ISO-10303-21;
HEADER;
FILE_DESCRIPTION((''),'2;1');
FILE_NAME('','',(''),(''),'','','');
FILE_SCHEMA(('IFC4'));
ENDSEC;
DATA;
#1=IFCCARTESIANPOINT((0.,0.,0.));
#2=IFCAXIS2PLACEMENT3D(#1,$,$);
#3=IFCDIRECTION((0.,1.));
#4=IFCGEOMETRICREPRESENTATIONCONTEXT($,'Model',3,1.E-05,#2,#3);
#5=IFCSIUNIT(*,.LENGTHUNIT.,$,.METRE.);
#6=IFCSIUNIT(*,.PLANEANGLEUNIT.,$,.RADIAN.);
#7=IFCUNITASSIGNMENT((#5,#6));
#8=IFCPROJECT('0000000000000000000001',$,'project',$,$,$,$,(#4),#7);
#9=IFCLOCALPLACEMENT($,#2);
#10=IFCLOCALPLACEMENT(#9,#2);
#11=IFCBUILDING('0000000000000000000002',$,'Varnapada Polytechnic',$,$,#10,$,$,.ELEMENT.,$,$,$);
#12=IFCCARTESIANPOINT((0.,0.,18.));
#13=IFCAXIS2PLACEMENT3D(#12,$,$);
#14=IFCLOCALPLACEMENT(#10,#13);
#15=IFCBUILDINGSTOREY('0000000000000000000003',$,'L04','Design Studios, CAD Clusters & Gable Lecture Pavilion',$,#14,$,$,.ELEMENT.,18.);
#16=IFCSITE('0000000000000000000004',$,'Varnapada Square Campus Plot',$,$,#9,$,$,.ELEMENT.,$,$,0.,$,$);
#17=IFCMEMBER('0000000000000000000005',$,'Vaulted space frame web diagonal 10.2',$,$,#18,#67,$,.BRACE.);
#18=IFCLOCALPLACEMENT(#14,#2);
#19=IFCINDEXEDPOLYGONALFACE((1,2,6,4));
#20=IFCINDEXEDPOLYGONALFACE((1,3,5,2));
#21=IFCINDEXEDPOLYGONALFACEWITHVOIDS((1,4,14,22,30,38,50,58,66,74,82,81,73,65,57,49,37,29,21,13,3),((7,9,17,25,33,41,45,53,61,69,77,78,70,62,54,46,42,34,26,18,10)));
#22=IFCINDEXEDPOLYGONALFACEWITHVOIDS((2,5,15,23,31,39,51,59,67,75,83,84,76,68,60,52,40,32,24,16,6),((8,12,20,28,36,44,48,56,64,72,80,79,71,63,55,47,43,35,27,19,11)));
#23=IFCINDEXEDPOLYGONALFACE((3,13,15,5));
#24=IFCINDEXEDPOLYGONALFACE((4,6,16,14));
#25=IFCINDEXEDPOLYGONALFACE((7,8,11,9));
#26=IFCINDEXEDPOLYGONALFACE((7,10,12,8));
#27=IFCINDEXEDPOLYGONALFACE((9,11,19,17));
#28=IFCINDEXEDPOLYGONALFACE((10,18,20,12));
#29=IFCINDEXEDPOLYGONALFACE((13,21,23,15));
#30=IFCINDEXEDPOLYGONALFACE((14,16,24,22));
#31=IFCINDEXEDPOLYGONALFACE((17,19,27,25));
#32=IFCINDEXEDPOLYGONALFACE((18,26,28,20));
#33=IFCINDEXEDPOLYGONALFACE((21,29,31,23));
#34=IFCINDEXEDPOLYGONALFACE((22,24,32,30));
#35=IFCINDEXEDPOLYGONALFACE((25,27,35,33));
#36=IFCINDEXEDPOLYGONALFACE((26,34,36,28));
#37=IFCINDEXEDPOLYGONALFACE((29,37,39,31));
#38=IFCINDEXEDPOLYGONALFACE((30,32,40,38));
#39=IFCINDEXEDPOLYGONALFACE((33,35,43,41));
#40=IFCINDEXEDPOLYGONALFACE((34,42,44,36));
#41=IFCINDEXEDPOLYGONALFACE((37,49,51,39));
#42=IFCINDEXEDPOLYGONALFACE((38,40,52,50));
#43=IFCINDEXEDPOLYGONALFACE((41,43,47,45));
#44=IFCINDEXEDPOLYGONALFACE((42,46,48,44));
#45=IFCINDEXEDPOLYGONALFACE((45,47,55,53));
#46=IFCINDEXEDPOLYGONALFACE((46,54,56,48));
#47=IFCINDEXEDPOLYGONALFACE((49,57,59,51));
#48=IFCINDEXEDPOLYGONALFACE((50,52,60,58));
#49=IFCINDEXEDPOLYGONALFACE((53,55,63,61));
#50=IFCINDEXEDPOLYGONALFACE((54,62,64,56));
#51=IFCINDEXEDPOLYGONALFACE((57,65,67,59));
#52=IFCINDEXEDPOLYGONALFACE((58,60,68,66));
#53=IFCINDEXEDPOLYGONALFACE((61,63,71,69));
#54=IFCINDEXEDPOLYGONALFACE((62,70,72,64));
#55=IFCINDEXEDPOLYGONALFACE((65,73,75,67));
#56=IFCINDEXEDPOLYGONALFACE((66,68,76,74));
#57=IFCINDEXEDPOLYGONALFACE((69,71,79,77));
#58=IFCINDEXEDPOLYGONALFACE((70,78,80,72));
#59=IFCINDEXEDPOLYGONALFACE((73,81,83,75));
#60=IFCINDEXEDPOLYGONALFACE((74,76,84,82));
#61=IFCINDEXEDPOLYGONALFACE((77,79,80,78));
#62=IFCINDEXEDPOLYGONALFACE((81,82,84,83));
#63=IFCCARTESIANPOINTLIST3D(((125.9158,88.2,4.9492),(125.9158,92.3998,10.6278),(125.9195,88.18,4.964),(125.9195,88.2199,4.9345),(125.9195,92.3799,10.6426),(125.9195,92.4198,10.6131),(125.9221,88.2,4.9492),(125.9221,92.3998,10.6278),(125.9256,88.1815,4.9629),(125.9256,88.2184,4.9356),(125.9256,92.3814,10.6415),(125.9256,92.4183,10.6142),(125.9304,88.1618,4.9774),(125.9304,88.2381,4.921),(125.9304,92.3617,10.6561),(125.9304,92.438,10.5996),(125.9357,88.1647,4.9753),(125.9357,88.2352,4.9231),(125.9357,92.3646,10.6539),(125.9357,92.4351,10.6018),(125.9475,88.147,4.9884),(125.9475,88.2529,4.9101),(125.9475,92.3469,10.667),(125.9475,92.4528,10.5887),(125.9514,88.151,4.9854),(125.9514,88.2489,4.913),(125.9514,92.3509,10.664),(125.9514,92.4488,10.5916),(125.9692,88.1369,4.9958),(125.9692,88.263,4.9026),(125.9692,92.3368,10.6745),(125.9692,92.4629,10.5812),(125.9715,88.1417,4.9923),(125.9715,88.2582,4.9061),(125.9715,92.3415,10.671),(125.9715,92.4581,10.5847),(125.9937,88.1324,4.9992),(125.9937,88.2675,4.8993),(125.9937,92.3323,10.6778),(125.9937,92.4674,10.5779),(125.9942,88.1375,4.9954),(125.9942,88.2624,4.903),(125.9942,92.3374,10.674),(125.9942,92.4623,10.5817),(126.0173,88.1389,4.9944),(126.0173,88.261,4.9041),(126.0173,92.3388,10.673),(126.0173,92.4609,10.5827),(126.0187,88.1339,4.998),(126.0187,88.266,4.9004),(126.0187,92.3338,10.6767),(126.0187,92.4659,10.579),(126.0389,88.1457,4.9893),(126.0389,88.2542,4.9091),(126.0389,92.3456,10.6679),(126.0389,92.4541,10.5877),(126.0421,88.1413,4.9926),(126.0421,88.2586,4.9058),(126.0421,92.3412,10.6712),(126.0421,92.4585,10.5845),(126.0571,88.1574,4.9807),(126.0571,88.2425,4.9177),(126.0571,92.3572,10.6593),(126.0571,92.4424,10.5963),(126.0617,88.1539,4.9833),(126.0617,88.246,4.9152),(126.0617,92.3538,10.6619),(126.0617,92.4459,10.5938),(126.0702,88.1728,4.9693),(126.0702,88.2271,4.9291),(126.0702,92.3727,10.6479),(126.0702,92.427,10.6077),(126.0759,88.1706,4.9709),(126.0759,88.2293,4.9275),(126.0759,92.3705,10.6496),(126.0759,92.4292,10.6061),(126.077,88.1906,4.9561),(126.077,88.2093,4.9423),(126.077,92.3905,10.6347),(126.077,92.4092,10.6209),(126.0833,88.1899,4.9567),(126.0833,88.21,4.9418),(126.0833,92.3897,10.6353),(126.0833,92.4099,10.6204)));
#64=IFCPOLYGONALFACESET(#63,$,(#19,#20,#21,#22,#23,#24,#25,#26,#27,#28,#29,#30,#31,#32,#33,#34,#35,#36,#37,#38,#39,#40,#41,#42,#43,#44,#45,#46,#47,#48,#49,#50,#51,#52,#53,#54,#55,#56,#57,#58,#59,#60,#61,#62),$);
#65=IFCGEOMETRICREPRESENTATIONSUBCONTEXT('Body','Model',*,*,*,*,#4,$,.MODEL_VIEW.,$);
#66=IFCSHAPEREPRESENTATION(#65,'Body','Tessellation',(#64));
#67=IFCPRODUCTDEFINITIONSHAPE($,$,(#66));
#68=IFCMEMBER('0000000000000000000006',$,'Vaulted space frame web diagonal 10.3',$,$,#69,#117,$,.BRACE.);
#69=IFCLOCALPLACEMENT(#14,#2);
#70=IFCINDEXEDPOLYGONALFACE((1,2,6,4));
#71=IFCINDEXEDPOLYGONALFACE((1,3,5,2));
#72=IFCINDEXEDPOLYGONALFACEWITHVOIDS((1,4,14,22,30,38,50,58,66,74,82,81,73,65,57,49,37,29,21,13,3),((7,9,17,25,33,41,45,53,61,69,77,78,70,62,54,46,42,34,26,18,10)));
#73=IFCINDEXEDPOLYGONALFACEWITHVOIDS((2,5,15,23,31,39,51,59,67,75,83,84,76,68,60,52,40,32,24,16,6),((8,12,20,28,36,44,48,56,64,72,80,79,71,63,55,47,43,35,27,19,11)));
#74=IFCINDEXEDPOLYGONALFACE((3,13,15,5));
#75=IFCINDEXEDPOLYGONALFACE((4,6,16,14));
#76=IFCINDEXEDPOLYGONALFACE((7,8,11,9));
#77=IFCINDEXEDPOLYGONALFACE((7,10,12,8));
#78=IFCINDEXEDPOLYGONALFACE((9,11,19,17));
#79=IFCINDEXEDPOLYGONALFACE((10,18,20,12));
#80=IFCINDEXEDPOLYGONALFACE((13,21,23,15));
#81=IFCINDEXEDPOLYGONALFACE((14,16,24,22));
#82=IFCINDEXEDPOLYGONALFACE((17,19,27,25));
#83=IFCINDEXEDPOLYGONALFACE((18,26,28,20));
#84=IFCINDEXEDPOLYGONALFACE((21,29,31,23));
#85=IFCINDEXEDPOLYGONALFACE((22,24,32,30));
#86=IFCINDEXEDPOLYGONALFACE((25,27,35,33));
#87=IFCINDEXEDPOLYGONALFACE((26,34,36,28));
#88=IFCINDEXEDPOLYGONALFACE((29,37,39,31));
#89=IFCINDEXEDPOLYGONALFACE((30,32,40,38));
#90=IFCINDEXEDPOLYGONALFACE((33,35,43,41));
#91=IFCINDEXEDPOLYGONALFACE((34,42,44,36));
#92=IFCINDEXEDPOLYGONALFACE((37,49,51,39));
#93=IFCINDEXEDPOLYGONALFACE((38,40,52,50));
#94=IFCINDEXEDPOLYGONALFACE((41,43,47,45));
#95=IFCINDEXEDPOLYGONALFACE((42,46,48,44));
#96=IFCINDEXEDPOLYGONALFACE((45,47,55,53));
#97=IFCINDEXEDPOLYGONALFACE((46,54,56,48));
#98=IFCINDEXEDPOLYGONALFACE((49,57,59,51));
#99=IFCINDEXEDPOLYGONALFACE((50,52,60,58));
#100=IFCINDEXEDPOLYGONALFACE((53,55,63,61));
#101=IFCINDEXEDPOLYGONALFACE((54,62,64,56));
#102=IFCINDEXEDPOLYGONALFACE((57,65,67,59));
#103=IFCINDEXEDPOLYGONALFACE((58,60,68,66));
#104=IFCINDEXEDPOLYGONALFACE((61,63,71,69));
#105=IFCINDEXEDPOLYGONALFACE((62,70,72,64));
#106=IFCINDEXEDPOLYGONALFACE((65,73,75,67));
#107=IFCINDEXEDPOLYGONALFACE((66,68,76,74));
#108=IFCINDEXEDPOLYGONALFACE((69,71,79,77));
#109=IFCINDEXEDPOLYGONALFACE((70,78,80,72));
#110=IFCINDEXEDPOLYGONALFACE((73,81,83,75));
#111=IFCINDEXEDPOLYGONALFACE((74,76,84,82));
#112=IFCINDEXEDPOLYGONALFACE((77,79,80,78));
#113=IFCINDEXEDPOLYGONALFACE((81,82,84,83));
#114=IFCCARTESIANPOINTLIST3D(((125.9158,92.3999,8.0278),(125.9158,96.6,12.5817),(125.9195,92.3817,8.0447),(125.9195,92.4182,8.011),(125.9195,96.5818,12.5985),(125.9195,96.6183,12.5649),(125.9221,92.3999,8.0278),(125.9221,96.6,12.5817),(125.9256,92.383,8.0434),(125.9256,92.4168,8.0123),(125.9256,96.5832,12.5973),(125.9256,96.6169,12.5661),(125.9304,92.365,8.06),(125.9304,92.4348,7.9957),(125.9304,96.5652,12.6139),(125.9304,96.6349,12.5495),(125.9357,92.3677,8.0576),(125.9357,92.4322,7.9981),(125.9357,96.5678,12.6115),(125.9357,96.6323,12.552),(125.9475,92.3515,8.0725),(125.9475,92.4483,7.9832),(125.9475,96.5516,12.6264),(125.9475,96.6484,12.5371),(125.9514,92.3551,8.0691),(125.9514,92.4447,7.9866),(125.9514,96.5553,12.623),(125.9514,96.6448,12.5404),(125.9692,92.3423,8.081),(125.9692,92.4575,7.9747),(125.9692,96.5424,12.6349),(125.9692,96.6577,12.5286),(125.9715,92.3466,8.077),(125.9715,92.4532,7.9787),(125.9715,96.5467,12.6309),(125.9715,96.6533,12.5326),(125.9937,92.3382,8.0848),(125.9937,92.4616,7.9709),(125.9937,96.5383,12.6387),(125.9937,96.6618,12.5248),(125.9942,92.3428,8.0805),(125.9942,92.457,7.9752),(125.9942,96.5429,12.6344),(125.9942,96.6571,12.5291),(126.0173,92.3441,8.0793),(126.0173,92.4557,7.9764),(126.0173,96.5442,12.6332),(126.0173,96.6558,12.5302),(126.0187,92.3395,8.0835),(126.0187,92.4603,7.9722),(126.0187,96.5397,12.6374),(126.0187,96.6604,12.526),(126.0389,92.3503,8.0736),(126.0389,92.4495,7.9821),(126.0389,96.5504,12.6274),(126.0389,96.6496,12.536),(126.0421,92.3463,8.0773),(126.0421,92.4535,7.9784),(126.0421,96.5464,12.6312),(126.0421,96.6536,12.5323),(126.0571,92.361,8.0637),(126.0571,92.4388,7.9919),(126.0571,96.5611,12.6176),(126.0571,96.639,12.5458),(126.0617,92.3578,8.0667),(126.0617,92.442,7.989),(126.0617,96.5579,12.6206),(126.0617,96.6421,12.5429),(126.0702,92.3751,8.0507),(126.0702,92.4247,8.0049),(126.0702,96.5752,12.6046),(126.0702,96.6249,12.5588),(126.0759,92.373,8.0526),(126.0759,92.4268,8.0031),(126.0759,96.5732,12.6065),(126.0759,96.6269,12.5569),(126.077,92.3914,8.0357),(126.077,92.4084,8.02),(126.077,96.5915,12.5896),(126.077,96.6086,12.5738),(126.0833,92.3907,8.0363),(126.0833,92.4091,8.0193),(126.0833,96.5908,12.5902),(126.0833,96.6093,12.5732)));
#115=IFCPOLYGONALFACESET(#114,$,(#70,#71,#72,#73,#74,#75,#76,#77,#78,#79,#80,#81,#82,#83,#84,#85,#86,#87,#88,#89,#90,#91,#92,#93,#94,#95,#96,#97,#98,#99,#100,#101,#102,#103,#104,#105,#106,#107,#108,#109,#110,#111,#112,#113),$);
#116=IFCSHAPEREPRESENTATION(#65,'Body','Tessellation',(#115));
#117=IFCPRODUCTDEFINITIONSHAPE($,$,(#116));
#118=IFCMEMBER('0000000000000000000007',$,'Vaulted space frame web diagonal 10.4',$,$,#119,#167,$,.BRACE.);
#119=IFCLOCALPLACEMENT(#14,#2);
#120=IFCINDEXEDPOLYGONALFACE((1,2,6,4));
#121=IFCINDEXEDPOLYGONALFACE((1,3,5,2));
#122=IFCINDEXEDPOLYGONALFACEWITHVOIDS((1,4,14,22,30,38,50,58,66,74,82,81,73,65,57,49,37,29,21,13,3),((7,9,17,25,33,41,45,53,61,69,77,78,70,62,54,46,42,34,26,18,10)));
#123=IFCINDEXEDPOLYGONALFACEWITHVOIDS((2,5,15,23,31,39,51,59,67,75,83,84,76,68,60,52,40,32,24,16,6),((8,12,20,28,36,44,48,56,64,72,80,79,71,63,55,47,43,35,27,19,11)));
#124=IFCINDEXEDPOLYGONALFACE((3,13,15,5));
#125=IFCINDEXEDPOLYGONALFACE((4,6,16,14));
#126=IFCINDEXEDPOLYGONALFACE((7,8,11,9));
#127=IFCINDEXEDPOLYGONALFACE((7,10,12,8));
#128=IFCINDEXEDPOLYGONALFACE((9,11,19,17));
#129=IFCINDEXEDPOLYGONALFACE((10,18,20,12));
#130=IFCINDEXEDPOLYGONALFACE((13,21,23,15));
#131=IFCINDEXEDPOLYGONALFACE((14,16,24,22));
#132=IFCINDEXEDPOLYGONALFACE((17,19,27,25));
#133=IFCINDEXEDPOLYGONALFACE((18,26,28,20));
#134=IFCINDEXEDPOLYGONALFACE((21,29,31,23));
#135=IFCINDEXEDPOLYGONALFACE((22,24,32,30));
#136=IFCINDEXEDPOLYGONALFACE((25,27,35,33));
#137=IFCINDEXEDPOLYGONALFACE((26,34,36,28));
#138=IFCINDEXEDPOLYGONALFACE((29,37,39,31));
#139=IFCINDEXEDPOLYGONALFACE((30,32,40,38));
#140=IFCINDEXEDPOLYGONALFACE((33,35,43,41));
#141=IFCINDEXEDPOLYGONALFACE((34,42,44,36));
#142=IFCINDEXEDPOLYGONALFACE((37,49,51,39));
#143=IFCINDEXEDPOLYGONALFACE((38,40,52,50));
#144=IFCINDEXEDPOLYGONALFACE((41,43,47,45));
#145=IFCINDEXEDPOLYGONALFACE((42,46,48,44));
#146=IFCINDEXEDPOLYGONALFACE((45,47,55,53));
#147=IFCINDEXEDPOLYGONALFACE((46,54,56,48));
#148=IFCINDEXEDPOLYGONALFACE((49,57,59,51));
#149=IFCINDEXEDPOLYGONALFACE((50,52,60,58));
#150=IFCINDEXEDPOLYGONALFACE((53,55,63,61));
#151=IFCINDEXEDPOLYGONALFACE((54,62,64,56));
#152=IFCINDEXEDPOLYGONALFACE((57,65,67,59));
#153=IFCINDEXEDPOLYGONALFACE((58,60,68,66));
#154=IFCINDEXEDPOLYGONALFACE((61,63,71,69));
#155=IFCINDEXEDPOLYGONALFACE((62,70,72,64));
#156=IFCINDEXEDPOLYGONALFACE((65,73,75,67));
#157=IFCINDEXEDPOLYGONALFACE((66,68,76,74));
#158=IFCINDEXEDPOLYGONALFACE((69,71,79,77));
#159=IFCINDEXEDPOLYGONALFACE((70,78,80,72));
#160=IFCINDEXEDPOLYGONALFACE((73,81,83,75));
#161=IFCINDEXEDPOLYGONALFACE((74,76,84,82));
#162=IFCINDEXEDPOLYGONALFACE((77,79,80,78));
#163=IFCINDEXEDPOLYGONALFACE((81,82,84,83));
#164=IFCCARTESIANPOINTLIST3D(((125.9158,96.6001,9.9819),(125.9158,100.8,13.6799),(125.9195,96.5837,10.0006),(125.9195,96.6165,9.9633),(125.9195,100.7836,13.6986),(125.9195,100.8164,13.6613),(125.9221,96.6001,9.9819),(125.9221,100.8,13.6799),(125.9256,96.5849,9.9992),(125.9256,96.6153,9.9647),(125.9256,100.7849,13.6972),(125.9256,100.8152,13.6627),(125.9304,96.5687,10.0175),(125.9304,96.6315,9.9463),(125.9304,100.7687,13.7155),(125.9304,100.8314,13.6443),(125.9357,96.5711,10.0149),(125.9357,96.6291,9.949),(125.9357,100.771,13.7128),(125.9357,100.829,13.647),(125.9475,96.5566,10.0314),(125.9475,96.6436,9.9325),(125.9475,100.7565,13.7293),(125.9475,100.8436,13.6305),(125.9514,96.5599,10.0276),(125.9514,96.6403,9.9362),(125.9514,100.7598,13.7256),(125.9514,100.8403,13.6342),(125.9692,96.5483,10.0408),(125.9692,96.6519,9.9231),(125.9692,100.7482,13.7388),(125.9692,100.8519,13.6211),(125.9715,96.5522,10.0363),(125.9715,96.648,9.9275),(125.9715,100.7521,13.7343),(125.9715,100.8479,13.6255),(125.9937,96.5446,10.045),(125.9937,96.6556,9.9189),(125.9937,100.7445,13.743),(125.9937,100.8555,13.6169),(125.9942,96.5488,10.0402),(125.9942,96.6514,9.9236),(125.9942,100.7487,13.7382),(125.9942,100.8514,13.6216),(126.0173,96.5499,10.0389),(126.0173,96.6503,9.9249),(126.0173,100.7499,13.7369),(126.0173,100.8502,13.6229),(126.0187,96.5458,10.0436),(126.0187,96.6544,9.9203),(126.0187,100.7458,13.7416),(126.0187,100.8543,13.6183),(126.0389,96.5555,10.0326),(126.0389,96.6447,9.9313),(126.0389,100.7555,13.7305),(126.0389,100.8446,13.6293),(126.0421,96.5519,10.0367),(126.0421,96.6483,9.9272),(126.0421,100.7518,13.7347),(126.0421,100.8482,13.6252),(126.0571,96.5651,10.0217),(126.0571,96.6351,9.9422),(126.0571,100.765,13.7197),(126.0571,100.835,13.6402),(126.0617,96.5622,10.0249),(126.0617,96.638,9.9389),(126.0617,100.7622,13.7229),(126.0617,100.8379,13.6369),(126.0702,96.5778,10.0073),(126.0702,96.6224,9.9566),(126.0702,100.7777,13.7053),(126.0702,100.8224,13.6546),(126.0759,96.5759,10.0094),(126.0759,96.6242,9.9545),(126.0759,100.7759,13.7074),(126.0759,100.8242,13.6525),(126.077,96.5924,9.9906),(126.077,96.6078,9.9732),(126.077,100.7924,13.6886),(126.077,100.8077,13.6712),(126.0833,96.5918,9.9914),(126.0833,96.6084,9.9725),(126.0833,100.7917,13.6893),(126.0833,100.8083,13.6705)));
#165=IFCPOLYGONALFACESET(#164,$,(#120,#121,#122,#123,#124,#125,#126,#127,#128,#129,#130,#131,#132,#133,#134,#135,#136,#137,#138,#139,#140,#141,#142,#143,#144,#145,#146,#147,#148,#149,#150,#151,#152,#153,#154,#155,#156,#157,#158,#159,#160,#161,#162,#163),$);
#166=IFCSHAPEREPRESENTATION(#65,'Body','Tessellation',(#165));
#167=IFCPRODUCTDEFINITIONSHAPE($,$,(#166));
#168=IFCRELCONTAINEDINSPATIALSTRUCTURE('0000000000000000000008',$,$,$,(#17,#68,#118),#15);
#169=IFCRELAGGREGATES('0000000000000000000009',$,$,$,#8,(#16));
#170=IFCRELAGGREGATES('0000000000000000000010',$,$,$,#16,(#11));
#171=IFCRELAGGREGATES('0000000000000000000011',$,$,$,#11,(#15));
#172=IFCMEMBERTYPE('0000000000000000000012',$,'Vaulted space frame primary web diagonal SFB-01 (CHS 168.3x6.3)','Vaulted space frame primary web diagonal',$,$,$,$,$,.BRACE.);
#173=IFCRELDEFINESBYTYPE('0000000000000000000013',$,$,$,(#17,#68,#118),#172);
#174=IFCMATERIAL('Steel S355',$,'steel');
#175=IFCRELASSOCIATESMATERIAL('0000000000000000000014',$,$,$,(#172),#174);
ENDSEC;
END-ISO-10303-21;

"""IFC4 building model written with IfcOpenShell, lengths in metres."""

from ifc_helpers import new_model, si_unit, direction, frame, origin, origin_2d, place, context, subcontext, project, spatial, hollow_circle, extrude, material, material_profile, profile_set, type_object, element, save


model = new_model("IFC4")

# Units and contexts
model_context = context("Model", 3, precision=1e-05, world=origin(), true_north=direction((0.0, 1.0)))
body_context = subcontext(model_context, "Body", "Model", "MODEL_VIEW")
ifc_project = project(units=[si_unit("LENGTHUNIT", "METRE"), si_unit("PLANEANGLEUNIT", "RADIAN")], contexts=[model_context])

# Site, building, storey
site_placement = place(None, origin())
site = spatial("IfcSite", under=ifc_project, at=site_placement, Name="Varnapada Square Campus Plot", CompositionType="ELEMENT", RefElevation=0.0)
building_placement = place(site_placement, origin())
building = spatial("IfcBuilding", under=site, at=building_placement, Name="Varnapada Polytechnic", CompositionType="ELEMENT")
storey_placement = place(building_placement, frame((0.0, 0.0, 18.0)))
storey = spatial("IfcBuildingStorey", under=building, at=storey_placement, Name="L04", Description="Design Studios, CAD Clusters & Gable Lecture Pavilion", CompositionType="ELEMENT", Elevation=18.0)

# Shared definitions
ifc_material = material(Name="Steel S355", Category="steel")

# Members
ifc_material_profile_1 = material_profile(ifc_material, hollow_circle(Radius=0.0842, WallThickness=0.0063, at=origin_2d()), Name="CHS 168.3x6.3")
ifc_profile_set_1 = profile_set([ifc_material_profile_1], Name="Steel S355")
member_type_1 = type_object("IfcMemberType", Name="Vaulted space frame primary web diagonal SFB-01 (CHS 168.3x6.3)", Description="Vaulted space frame primary web diagonal", PredefinedType="BRACE", material=ifc_profile_set_1)
member_1_placement = place(storey_placement, frame((126.0, 88.2, 4.9492), z_axis=(0.0, 0.594633, 0.803997), x_axis=(-1.0, 0.0, 0.0)))
element("IfcMember", 1, at=member_1_placement, inside=storey, type_object=member_type_1, Name="Vaulted space frame web diagonal 10.2", PredefinedType="BRACE", context=body_context, shape_type="SweptSolid", body=[
    extrude(hollow_circle(Radius=0.0842, WallThickness=0.0063, at=origin_2d()), origin(), (0.0, 0.0, 1.0), 7.063),
])
member_2_placement = place(storey_placement, frame((126.0, 92.3999, 8.0278), z_axis=(0.0, 0.677979, 0.735081), x_axis=(-1.0, 0.0, 0.0)))
element("IfcMember", 2, at=member_2_placement, inside=storey, type_object=member_type_1, Name="Vaulted space frame web diagonal 10.3", PredefinedType="BRACE", context=body_context, shape_type="SweptSolid", body=[
    extrude(hollow_circle(Radius=0.0842, WallThickness=0.0063, at=origin_2d()), origin(), (0.0, 0.0, 1.0), 6.1951),
])
member_3_placement = place(storey_placement, frame((126.0, 96.6001, 9.9819), z_axis=(0.0, 0.750533, 0.660833), x_axis=(-1.0, 0.0, 0.0)))
element("IfcMember", 3, at=member_3_placement, inside=storey, type_object=member_type_1, Name="Vaulted space frame web diagonal 10.4", PredefinedType="BRACE", context=body_context, shape_type="SweptSolid", body=[
    extrude(hollow_circle(Radius=0.0842, WallThickness=0.0063, at=origin_2d()), origin(), (0.0, 0.0, 1.0), 5.5959),
])

save(model, "model.ifc")
